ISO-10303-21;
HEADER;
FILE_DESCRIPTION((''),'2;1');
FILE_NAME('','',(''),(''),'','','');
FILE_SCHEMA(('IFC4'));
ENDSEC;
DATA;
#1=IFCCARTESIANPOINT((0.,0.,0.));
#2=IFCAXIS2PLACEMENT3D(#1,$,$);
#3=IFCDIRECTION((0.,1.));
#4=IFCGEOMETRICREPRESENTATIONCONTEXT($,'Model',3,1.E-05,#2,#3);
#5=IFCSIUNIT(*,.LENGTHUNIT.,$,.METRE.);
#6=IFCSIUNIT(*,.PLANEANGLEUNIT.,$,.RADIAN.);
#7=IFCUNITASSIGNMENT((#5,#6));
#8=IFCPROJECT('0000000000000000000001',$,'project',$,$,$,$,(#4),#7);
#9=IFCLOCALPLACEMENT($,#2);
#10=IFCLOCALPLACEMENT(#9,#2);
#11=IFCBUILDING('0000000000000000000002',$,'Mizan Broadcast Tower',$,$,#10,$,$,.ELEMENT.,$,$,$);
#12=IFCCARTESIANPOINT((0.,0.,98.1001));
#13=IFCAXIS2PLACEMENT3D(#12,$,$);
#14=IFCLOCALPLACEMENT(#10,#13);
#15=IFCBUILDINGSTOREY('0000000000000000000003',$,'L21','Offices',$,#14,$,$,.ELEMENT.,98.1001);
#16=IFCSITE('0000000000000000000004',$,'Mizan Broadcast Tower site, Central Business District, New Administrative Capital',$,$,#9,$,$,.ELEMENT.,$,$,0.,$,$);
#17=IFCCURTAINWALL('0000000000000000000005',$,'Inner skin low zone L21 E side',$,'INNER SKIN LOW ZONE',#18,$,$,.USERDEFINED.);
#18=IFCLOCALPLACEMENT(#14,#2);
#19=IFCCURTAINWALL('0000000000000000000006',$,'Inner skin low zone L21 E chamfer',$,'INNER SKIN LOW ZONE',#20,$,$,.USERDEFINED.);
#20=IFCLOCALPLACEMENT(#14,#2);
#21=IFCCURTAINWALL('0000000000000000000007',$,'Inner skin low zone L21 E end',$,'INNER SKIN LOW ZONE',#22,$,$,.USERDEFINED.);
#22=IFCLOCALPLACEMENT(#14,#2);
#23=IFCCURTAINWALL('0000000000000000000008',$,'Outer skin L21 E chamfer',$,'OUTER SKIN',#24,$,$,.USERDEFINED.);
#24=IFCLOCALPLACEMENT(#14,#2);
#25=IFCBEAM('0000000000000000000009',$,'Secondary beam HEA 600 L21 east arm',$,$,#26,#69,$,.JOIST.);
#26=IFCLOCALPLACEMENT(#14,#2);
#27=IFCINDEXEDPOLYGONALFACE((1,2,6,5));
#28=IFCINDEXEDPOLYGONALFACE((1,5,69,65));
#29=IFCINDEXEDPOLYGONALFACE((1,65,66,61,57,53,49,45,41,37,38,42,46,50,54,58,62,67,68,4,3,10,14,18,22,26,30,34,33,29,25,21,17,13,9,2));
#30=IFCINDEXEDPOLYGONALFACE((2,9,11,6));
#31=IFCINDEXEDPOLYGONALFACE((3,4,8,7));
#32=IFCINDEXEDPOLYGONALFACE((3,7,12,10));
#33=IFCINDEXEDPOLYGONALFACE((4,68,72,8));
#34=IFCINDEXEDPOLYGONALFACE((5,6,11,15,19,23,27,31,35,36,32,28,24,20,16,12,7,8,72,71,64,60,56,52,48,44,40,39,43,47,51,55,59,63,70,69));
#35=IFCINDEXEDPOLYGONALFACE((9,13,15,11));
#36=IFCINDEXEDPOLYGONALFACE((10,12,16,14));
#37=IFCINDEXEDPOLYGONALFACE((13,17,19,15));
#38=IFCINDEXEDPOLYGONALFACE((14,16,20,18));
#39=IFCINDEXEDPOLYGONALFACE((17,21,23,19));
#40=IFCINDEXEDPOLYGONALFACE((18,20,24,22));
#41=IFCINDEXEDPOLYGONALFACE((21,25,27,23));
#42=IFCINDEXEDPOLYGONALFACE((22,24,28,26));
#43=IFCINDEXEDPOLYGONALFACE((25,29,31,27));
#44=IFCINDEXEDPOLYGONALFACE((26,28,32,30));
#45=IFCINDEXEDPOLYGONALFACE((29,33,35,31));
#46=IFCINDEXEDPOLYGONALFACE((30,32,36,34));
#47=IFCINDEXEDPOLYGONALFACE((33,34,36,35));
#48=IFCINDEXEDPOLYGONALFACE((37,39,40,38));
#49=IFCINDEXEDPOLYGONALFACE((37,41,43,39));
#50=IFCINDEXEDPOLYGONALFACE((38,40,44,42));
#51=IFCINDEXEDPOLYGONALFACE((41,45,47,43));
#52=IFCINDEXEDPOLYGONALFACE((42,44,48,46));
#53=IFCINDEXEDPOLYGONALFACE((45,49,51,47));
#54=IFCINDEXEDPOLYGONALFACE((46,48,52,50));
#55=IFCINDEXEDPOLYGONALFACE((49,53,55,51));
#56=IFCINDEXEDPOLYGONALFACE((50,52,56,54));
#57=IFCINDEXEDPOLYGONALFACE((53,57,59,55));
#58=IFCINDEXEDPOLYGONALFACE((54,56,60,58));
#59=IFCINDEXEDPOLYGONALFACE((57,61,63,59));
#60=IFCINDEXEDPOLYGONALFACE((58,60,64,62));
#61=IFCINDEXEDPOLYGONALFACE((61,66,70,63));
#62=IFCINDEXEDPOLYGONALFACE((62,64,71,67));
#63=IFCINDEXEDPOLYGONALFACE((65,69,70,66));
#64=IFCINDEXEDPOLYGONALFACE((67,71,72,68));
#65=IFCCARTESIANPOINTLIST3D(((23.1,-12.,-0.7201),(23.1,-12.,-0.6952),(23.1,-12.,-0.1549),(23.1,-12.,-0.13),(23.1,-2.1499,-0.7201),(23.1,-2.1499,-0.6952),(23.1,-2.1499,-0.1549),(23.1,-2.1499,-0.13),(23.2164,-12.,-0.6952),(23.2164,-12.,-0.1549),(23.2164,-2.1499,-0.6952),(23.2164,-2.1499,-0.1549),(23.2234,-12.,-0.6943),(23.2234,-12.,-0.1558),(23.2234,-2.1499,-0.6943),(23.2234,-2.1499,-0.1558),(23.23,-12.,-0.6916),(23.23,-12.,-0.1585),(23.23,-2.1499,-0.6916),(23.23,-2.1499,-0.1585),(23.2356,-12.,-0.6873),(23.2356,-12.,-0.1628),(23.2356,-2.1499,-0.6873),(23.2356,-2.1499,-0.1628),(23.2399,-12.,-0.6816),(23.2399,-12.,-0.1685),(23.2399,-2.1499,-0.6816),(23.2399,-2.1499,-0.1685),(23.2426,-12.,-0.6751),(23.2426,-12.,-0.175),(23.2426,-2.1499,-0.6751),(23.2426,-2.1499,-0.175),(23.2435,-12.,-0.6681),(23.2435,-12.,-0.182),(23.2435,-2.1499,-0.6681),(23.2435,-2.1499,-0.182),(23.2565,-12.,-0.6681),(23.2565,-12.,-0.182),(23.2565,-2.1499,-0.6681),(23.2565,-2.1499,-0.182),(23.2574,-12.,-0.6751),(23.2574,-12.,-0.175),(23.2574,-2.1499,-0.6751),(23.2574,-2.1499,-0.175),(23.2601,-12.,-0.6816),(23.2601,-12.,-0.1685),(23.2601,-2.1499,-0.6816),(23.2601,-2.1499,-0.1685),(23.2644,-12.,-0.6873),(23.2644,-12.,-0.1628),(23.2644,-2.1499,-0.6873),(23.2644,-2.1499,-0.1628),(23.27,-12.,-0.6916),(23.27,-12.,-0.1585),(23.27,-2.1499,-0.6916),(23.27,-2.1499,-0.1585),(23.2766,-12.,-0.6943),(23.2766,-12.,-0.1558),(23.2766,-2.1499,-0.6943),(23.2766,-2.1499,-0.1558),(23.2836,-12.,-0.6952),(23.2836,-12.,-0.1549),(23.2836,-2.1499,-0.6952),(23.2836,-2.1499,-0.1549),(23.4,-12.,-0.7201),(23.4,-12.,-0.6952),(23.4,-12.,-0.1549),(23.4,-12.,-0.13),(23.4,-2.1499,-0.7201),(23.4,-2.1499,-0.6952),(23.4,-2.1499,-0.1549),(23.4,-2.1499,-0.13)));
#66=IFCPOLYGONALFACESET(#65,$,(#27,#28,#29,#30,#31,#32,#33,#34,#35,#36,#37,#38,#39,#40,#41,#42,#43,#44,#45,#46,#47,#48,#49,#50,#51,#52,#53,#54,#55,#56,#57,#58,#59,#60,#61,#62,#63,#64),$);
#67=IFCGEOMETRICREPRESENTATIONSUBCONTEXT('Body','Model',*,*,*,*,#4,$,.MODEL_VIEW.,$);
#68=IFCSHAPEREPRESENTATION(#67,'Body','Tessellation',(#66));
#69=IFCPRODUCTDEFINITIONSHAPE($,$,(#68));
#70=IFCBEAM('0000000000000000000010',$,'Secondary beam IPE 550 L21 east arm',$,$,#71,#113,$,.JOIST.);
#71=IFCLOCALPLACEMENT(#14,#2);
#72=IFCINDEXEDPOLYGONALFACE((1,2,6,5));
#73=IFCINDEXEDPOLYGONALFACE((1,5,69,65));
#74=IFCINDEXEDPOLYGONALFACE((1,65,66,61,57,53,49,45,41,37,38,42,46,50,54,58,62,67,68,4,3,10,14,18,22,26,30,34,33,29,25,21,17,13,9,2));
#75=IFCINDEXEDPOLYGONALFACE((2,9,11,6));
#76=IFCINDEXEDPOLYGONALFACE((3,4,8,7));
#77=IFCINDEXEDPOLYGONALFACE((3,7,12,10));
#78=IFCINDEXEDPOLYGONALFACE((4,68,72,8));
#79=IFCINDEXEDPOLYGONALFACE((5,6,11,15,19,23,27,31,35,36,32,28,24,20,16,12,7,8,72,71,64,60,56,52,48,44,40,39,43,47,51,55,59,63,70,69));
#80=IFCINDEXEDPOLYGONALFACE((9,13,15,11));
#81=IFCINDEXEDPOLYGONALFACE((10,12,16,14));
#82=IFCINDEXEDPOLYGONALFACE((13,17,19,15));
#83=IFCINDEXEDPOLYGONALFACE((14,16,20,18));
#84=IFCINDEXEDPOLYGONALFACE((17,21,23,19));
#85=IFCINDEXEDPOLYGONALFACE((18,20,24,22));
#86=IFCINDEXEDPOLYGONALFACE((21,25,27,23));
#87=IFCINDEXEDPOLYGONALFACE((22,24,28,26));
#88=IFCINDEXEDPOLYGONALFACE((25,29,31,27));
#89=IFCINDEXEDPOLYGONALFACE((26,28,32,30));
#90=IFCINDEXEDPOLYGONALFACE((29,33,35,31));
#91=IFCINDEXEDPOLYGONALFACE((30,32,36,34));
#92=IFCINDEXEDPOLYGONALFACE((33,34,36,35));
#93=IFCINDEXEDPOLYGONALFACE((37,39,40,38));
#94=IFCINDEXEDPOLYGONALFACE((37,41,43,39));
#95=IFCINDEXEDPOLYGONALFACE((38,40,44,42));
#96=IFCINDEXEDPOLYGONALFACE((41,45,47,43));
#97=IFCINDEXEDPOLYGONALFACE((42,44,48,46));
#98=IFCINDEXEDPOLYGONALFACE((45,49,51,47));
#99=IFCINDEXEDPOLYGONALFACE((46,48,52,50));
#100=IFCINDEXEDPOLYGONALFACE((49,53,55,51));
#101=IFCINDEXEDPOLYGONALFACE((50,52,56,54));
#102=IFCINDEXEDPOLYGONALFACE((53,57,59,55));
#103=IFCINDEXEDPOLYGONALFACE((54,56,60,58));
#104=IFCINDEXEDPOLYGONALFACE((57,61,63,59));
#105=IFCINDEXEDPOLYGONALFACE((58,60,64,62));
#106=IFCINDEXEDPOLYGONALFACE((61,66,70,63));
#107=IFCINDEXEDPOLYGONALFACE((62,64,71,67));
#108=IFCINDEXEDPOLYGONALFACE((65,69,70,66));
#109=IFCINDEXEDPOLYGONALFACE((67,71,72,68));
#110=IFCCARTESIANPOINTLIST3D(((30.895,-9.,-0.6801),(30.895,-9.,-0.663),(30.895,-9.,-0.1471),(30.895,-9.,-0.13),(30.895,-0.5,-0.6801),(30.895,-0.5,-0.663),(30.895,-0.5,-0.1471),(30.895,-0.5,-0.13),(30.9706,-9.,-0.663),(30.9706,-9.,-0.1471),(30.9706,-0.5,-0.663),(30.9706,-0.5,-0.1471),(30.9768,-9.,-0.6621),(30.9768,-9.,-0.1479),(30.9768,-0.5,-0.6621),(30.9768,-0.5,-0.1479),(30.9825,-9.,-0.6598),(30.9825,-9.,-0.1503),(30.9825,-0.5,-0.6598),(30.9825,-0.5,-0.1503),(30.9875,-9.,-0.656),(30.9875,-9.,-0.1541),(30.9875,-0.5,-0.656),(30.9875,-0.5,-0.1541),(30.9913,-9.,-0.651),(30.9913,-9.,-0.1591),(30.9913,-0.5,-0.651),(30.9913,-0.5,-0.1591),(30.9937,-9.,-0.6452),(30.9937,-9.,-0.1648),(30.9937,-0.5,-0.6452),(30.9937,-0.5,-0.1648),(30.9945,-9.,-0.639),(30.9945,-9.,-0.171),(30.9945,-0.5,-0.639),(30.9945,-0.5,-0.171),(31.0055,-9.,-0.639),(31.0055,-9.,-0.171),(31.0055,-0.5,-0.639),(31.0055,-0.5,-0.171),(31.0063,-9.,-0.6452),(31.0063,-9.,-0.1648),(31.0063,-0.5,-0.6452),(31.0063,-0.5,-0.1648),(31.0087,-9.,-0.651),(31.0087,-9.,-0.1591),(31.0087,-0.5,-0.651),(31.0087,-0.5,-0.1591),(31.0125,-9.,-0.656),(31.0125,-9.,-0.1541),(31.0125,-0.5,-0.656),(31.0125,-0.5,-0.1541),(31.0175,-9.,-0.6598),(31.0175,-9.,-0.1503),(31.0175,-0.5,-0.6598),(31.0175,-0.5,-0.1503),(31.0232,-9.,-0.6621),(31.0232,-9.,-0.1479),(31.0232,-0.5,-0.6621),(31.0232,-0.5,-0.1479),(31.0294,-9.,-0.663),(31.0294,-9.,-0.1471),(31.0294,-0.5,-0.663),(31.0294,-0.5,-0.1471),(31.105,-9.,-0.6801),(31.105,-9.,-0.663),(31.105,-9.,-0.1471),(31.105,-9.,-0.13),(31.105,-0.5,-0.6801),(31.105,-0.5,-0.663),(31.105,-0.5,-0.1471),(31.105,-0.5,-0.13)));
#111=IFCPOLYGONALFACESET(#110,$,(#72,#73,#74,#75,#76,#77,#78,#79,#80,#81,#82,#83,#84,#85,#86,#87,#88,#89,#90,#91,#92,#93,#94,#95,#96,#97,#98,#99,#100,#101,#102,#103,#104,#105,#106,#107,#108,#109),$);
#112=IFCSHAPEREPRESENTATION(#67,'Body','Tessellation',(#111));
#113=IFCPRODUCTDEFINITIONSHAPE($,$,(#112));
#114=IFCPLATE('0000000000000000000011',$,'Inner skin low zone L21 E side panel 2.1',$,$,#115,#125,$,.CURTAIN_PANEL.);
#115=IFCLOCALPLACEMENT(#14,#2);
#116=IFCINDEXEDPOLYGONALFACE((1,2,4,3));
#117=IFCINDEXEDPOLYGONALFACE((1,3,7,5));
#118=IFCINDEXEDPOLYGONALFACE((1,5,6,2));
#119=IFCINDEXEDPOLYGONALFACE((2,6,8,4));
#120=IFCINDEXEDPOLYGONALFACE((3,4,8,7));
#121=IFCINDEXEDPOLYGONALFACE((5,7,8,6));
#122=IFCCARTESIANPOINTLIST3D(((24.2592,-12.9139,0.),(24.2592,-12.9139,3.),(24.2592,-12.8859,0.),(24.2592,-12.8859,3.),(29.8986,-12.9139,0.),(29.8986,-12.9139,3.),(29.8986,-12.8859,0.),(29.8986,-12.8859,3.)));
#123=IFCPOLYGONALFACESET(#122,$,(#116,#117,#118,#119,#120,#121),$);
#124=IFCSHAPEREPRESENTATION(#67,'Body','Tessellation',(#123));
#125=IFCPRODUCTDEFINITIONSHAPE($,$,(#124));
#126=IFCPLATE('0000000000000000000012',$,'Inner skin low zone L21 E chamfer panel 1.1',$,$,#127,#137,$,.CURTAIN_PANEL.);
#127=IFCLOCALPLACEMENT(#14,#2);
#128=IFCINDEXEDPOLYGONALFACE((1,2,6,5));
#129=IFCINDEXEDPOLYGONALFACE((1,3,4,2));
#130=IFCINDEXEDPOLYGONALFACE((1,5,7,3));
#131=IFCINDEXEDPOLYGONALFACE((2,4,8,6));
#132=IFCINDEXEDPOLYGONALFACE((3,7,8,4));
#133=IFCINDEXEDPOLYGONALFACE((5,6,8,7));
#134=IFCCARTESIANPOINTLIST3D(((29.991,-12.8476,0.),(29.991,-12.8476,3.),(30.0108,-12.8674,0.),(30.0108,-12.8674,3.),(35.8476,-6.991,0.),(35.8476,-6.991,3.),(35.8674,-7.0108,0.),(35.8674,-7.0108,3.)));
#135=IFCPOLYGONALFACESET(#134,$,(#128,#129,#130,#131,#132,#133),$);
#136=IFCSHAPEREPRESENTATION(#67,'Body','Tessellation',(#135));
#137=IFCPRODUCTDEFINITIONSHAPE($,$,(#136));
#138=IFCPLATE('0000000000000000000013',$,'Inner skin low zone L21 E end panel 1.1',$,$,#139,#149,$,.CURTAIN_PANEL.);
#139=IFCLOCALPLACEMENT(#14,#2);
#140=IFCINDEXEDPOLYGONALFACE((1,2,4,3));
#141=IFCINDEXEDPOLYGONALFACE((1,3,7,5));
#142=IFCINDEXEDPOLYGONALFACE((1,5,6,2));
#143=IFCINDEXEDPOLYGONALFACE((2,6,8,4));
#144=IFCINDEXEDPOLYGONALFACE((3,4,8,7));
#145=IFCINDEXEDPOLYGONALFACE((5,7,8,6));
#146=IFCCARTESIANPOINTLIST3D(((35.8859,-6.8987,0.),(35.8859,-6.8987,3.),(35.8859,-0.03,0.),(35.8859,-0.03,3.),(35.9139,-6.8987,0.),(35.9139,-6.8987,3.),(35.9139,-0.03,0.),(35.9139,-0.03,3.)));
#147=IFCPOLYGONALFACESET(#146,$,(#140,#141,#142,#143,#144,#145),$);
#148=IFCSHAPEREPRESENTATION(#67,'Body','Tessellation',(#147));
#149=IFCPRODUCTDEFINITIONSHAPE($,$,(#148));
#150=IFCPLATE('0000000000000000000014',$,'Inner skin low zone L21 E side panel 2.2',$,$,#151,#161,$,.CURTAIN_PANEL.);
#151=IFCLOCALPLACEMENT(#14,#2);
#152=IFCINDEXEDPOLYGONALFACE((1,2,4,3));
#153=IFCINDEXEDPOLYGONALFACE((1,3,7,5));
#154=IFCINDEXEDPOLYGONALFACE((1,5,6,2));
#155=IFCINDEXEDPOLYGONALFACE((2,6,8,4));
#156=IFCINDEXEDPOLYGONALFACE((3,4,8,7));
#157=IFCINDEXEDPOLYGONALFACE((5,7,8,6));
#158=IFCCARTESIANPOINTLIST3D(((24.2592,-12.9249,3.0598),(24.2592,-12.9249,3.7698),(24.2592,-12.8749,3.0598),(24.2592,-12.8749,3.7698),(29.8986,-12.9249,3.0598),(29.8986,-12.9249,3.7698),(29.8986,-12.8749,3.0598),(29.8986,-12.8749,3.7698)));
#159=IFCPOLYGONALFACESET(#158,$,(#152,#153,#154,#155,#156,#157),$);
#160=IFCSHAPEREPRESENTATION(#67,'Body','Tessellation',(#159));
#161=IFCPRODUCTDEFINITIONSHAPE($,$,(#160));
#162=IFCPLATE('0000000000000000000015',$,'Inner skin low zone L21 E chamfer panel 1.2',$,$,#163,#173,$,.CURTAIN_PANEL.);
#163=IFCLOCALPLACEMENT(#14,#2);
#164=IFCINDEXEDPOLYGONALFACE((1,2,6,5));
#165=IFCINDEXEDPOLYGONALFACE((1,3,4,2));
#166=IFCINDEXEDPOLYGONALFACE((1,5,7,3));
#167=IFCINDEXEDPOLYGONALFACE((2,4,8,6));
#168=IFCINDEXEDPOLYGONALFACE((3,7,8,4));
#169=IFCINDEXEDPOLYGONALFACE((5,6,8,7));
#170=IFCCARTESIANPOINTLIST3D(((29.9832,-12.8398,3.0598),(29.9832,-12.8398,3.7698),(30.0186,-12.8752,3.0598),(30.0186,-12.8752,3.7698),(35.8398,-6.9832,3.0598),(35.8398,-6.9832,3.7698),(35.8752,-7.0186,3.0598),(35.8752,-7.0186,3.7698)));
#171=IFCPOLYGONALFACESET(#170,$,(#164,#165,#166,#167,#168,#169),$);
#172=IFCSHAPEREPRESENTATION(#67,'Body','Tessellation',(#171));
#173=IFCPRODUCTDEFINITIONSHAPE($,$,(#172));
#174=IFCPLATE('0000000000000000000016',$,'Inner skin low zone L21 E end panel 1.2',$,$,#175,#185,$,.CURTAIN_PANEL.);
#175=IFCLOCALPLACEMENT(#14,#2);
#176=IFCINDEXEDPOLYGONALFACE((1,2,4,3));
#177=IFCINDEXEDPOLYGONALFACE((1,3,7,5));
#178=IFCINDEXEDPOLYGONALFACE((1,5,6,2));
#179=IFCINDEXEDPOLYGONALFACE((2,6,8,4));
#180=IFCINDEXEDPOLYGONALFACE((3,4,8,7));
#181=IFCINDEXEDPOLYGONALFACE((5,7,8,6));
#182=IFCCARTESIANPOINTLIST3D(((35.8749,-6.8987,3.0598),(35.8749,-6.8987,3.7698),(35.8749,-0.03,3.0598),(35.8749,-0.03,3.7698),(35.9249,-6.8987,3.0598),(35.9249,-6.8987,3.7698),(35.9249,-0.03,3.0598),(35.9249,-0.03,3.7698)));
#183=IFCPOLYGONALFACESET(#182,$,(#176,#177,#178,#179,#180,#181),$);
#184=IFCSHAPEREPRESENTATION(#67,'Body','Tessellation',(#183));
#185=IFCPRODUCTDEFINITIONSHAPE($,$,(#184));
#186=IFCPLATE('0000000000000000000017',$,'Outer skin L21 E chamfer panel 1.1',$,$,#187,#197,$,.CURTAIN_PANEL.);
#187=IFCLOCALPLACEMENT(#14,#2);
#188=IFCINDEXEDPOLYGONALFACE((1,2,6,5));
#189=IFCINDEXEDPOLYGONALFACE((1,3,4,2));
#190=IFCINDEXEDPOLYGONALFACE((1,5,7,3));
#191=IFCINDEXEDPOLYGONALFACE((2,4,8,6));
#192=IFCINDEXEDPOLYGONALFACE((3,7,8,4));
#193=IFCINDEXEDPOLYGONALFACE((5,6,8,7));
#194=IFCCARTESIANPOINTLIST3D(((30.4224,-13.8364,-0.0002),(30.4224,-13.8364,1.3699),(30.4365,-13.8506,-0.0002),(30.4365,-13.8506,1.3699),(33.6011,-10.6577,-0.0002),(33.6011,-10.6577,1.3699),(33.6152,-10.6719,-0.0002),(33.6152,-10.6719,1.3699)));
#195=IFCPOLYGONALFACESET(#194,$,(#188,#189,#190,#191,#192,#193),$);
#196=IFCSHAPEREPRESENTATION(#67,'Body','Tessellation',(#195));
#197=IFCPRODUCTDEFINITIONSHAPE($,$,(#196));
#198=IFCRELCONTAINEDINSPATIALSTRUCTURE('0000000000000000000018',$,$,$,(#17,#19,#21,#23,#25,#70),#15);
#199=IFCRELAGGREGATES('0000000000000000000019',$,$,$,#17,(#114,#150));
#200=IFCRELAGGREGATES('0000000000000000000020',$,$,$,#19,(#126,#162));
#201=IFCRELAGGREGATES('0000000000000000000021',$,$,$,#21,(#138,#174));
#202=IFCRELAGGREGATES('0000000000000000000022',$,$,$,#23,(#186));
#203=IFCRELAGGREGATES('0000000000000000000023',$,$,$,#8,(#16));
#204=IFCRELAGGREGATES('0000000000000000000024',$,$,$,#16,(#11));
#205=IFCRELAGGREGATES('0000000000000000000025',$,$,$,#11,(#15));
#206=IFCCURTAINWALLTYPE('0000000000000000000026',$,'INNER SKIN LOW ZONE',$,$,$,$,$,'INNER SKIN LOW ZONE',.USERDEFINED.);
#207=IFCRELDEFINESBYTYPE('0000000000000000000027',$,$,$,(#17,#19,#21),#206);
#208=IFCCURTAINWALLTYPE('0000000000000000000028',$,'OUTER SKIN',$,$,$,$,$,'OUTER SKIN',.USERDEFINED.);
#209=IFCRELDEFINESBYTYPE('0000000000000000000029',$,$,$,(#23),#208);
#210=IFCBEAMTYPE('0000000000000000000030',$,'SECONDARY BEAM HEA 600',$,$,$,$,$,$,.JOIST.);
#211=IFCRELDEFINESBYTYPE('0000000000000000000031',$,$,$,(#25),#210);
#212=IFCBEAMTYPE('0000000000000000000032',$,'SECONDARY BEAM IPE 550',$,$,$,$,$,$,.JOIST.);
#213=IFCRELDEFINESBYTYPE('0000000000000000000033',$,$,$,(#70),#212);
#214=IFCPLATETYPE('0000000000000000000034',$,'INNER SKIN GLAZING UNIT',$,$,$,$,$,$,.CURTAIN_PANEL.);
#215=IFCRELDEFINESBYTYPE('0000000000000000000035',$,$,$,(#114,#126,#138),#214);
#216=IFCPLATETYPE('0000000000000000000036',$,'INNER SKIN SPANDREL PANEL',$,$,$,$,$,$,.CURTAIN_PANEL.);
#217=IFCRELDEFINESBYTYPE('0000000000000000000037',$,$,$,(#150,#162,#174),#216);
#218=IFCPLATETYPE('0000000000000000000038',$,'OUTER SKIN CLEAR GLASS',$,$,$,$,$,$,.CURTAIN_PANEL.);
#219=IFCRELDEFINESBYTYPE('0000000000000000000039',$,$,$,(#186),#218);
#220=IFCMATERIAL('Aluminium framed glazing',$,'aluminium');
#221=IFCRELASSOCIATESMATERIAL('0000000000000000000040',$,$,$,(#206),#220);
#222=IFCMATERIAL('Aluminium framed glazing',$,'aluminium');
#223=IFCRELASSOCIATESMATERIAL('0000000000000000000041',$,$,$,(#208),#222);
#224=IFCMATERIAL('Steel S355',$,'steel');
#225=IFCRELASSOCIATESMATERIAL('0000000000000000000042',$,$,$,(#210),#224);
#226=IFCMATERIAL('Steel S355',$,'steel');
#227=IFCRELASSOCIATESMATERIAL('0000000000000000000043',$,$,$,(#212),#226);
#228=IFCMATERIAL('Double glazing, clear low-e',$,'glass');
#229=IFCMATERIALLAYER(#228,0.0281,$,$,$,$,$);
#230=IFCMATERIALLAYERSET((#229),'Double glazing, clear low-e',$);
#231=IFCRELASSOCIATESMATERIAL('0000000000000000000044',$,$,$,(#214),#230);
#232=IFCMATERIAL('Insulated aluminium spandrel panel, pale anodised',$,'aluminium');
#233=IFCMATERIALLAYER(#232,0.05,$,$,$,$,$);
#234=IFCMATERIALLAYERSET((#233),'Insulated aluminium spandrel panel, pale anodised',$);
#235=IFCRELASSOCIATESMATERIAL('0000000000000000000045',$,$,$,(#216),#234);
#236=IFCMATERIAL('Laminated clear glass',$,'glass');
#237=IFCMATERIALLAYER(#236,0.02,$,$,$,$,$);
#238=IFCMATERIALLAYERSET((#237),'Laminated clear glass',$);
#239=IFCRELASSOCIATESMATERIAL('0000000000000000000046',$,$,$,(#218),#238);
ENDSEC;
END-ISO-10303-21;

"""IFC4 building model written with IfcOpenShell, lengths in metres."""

from ifc_helpers import new_model, si_unit, direction, frame, origin, origin_2d, place, context, subcontext, project, spatial, rectangle, i_section, extrude, material, layer, layer_set, material_profile, profile_set, type_object, element, aggregate, save


model = new_model("IFC4")

# Units and contexts
model_context = context("Model", 3, precision=1e-05, world=origin(), true_north=direction((0.0, 1.0)))
body_context = subcontext(model_context, "Body", "Model", "MODEL_VIEW")
ifc_project = project(units=[si_unit("LENGTHUNIT", "METRE"), si_unit("PLANEANGLEUNIT", "RADIAN")], contexts=[model_context])

# Site, building, storey
site_placement = place(None, origin())
site = spatial("IfcSite", under=ifc_project, at=site_placement, Name="Mizan Broadcast Tower site, Central Business District, New Administrative Capital", CompositionType="ELEMENT", RefElevation=0.0)
building_placement = place(site_placement, origin())
building = spatial("IfcBuilding", under=site, at=building_placement, Name="Mizan Broadcast Tower", CompositionType="ELEMENT")
storey_placement = place(building_placement, frame((0.0, 0.0, 98.1001)))
storey = spatial("IfcBuildingStorey", under=building, at=storey_placement, Name="L21", Description="Offices", CompositionType="ELEMENT", Elevation=98.1001)

# Curtain wall
ifc_material_1 = material(Name="Aluminium framed glazing", Category="aluminium")
curtain_wall_type_1 = type_object("IfcCurtainWallType", Name="INNER SKIN LOW ZONE", ElementType="INNER SKIN LOW ZONE", PredefinedType="USERDEFINED", material=ifc_material_1)
curtain_wall_1_placement = place(storey_placement, origin())
curtain_wall_1 = element("IfcCurtainWall", 1, at=curtain_wall_1_placement, inside=storey, type_object=curtain_wall_type_1, Name="Inner skin low zone L21 E side", ObjectType="INNER SKIN LOW ZONE", PredefinedType="USERDEFINED")

# Curtain wall
curtain_wall_2_placement = place(storey_placement, origin())
curtain_wall_2 = element("IfcCurtainWall", 2, at=curtain_wall_2_placement, inside=storey, type_object=curtain_wall_type_1, Name="Inner skin low zone L21 E chamfer", ObjectType="INNER SKIN LOW ZONE", PredefinedType="USERDEFINED")

# Curtain wall
curtain_wall_3_placement = place(storey_placement, origin())
curtain_wall_3 = element("IfcCurtainWall", 3, at=curtain_wall_3_placement, inside=storey, type_object=curtain_wall_type_1, Name="Inner skin low zone L21 E end", ObjectType="INNER SKIN LOW ZONE", PredefinedType="USERDEFINED")

# Curtain wall
ifc_material_2 = material(Name="Aluminium framed glazing", Category="aluminium")
curtain_wall_type_2 = type_object("IfcCurtainWallType", Name="OUTER SKIN", ElementType="OUTER SKIN", PredefinedType="USERDEFINED", material=ifc_material_2)
curtain_wall_4_placement = place(storey_placement, origin())
curtain_wall_4 = element("IfcCurtainWall", 4, at=curtain_wall_4_placement, inside=storey, type_object=curtain_wall_type_2, Name="Outer skin L21 E chamfer", ObjectType="OUTER SKIN", PredefinedType="USERDEFINED")

# Beams
ifc_material_3 = material(Name="Steel S355", Category="steel")
ifc_material_profile_1 = material_profile(ifc_material_3, i_section(OverallWidth=0.3, OverallDepth=0.5901, WebThickness=0.0129, FlangeThickness=0.0249, FilletRadius=0.0271, at=origin_2d()), Name="HEA 600")
ifc_profile_set_1 = profile_set([ifc_material_profile_1], Name="Steel S355")
beam_type_1 = type_object("IfcBeamType", Name="SECONDARY BEAM HEA 600", PredefinedType="JOIST", material=ifc_profile_set_1)
for number, where, z_axis, x_axis, name in (
    (5, (23.25, -12.0, -0.425), (0.0, 1.0, 0.0), (-1.0, 0.0, 0.0), "Secondary beam HEA 600 L21 east arm"),
):
    element("IfcBeam", number, at=place(storey_placement, frame(where, z_axis=z_axis, x_axis=x_axis)), inside=storey, type_object=beam_type_1, Name=name, PredefinedType="JOIST", context=body_context, shape_type="SweptSolid", body=[
        extrude(i_section(OverallWidth=0.3, OverallDepth=0.5901, WebThickness=0.0129, FlangeThickness=0.0249, FilletRadius=0.0271, at=origin_2d()), origin(), (0.0, 0.0, 1.0), 9.8501),
    ])
ifc_material_4 = material(Name="Steel S355", Category="steel")
ifc_material_profile_2 = material_profile(ifc_material_4, i_section(OverallWidth=0.21, OverallDepth=0.55, WebThickness=0.011, FlangeThickness=0.0171, FilletRadius=0.0239, at=origin_2d()), Name="IPE 550")
ifc_profile_set_2 = profile_set([ifc_material_profile_2], Name="Steel S355")
beam_type_2 = type_object("IfcBeamType", Name="SECONDARY BEAM IPE 550", PredefinedType="JOIST", material=ifc_profile_set_2)
beam_1_placement = place(storey_placement, frame((31.0, -9.0, -0.405), z_axis=(0.0, 1.0, 0.0), x_axis=(-1.0, 0.0, 0.0)))
element("IfcBeam", 6, at=beam_1_placement, inside=storey, type_object=beam_type_2, Name="Secondary beam IPE 550 L21 east arm", PredefinedType="JOIST", context=body_context, shape_type="SweptSolid", body=[
    extrude(i_section(OverallWidth=0.21, OverallDepth=0.55, WebThickness=0.011, FlangeThickness=0.0171, FilletRadius=0.0239, at=origin_2d()), origin(), (0.0, 0.0, 1.0), 8.5),
])

# Plates
ifc_material_5 = material(Name="Double glazing, clear low-e", Category="glass")
ifc_layer_1 = layer(ifc_material_5, 0.0281)
ifc_layer_set_1 = layer_set([ifc_layer_1], Name="Double glazing, clear low-e")
plate_type_1 = type_object("IfcPlateType", Name="INNER SKIN GLAZING UNIT", PredefinedType="CURTAIN_PANEL", material=ifc_layer_set_1)
plate_1_placement = place(storey_placement, frame((27.0789, -12.8999, 0.0), z_axis=(0.0, 0.0, 1.0), x_axis=(1.0, 0.0, 0.0)))
plate_1 = element("IfcPlate", 7, at=plate_1_placement, type_object=plate_type_1, Name="Inner skin low zone L21 E side panel 2.1", PredefinedType="CURTAIN_PANEL", context=body_context, shape_type="SweptSolid", body=[
    extrude(rectangle(XDim=5.6394, YDim=0.0281, at=origin_2d()), origin(), (0.0, 0.0, 1.0), 3.0),
])
plate_2_placement = place(storey_placement, frame((32.9292, -9.9292, 0.0), z_axis=(0.0, 0.0, 1.0), x_axis=(0.707107, 0.707107, 0.0)))
plate_2 = element("IfcPlate", 8, at=plate_2_placement, type_object=plate_type_1, Name="Inner skin low zone L21 E chamfer panel 1.1", PredefinedType="CURTAIN_PANEL", context=body_context, shape_type="SweptSolid", body=[
    extrude(rectangle(XDim=8.2825, YDim=0.0281, at=origin_2d()), origin(), (0.0, 0.0, 1.0), 3.0),
])
plate_3_placement = place(storey_placement, frame((35.8999, -3.4644, 0.0), z_axis=(0.0, 0.0, 1.0), x_axis=(0.0, 1.0, 0.0)))
plate_3 = element("IfcPlate", 9, at=plate_3_placement, type_object=plate_type_1, Name="Inner skin low zone L21 E end panel 1.1", PredefinedType="CURTAIN_PANEL", context=body_context, shape_type="SweptSolid", body=[
    extrude(rectangle(XDim=6.8687, YDim=0.0281, at=origin_2d()), origin(), (0.0, 0.0, 1.0), 3.0),
])
ifc_material_6 = material(Name="Insulated aluminium spandrel panel, pale anodised", Category="aluminium")
ifc_layer_2 = layer(ifc_material_6, 0.05)
ifc_layer_set_2 = layer_set([ifc_layer_2], Name="Insulated aluminium spandrel panel, pale anodised")
plate_type_2 = type_object("IfcPlateType", Name="INNER SKIN SPANDREL PANEL", PredefinedType="CURTAIN_PANEL", material=ifc_layer_set_2)
plate_4_placement = place(storey_placement, frame((27.0789, -12.8999, 3.0598), z_axis=(0.0, 0.0, 1.0), x_axis=(1.0, 0.0, 0.0)))
plate_4 = element("IfcPlate", 10, at=plate_4_placement, type_object=plate_type_2, Name="Inner skin low zone L21 E side panel 2.2", PredefinedType="CURTAIN_PANEL", context=body_context, shape_type="SweptSolid", body=[
    extrude(rectangle(XDim=5.6394, YDim=0.05, at=origin_2d()), origin(), (0.0, 0.0, 1.0), 0.71),
])
aggregate(curtain_wall_1, [plate_1, plate_4])
plate_5_placement = place(storey_placement, frame((32.9292, -9.9292, 3.0598), z_axis=(0.0, 0.0, 1.0), x_axis=(0.707107, 0.707107, 0.0)))
plate_5 = element("IfcPlate", 11, at=plate_5_placement, type_object=plate_type_2, Name="Inner skin low zone L21 E chamfer panel 1.2", PredefinedType="CURTAIN_PANEL", context=body_context, shape_type="SweptSolid", body=[
    extrude(rectangle(XDim=8.2825, YDim=0.05, at=origin_2d()), origin(), (0.0, 0.0, 1.0), 0.71),
])
aggregate(curtain_wall_2, [plate_2, plate_5])
plate_6_placement = place(storey_placement, frame((35.8999, -3.4644, 3.0598), z_axis=(0.0, 0.0, 1.0), x_axis=(0.0, 1.0, 0.0)))
plate_6 = element("IfcPlate", 12, at=plate_6_placement, type_object=plate_type_2, Name="Inner skin low zone L21 E end panel 1.2", PredefinedType="CURTAIN_PANEL", context=body_context, shape_type="SweptSolid", body=[
    extrude(rectangle(XDim=6.8687, YDim=0.05, at=origin_2d()), origin(), (0.0, 0.0, 1.0), 0.71),
])
aggregate(curtain_wall_3, [plate_3, plate_6])
ifc_material_7 = material(Name="Laminated clear glass", Category="glass")
ifc_layer_3 = layer(ifc_material_7, 0.02)
ifc_layer_set_3 = layer_set([ifc_layer_3], Name="Laminated clear glass")
plate_type_3 = type_object("IfcPlateType", Name="OUTER SKIN CLEAR GLASS", PredefinedType="CURTAIN_PANEL", material=ifc_layer_set_3)
plate_7_placement = place(storey_placement, frame((32.0188, -12.2542, -0.0002), z_axis=(0.0, 0.0, 1.0), x_axis=(0.707107, 0.707107, 0.0)))
plate_7 = element("IfcPlate", 13, at=plate_7_placement, type_object=plate_type_3, Name="Outer skin L21 E chamfer panel 1.1", PredefinedType="CURTAIN_PANEL", context=body_context, shape_type="SweptSolid", body=[
    extrude(rectangle(XDim=4.4954, YDim=0.02, at=origin_2d()), origin(), (0.0, 0.0, 1.0), 1.3701),
])
aggregate(curtain_wall_4, [plate_7])

save(model, "model.ifc")
